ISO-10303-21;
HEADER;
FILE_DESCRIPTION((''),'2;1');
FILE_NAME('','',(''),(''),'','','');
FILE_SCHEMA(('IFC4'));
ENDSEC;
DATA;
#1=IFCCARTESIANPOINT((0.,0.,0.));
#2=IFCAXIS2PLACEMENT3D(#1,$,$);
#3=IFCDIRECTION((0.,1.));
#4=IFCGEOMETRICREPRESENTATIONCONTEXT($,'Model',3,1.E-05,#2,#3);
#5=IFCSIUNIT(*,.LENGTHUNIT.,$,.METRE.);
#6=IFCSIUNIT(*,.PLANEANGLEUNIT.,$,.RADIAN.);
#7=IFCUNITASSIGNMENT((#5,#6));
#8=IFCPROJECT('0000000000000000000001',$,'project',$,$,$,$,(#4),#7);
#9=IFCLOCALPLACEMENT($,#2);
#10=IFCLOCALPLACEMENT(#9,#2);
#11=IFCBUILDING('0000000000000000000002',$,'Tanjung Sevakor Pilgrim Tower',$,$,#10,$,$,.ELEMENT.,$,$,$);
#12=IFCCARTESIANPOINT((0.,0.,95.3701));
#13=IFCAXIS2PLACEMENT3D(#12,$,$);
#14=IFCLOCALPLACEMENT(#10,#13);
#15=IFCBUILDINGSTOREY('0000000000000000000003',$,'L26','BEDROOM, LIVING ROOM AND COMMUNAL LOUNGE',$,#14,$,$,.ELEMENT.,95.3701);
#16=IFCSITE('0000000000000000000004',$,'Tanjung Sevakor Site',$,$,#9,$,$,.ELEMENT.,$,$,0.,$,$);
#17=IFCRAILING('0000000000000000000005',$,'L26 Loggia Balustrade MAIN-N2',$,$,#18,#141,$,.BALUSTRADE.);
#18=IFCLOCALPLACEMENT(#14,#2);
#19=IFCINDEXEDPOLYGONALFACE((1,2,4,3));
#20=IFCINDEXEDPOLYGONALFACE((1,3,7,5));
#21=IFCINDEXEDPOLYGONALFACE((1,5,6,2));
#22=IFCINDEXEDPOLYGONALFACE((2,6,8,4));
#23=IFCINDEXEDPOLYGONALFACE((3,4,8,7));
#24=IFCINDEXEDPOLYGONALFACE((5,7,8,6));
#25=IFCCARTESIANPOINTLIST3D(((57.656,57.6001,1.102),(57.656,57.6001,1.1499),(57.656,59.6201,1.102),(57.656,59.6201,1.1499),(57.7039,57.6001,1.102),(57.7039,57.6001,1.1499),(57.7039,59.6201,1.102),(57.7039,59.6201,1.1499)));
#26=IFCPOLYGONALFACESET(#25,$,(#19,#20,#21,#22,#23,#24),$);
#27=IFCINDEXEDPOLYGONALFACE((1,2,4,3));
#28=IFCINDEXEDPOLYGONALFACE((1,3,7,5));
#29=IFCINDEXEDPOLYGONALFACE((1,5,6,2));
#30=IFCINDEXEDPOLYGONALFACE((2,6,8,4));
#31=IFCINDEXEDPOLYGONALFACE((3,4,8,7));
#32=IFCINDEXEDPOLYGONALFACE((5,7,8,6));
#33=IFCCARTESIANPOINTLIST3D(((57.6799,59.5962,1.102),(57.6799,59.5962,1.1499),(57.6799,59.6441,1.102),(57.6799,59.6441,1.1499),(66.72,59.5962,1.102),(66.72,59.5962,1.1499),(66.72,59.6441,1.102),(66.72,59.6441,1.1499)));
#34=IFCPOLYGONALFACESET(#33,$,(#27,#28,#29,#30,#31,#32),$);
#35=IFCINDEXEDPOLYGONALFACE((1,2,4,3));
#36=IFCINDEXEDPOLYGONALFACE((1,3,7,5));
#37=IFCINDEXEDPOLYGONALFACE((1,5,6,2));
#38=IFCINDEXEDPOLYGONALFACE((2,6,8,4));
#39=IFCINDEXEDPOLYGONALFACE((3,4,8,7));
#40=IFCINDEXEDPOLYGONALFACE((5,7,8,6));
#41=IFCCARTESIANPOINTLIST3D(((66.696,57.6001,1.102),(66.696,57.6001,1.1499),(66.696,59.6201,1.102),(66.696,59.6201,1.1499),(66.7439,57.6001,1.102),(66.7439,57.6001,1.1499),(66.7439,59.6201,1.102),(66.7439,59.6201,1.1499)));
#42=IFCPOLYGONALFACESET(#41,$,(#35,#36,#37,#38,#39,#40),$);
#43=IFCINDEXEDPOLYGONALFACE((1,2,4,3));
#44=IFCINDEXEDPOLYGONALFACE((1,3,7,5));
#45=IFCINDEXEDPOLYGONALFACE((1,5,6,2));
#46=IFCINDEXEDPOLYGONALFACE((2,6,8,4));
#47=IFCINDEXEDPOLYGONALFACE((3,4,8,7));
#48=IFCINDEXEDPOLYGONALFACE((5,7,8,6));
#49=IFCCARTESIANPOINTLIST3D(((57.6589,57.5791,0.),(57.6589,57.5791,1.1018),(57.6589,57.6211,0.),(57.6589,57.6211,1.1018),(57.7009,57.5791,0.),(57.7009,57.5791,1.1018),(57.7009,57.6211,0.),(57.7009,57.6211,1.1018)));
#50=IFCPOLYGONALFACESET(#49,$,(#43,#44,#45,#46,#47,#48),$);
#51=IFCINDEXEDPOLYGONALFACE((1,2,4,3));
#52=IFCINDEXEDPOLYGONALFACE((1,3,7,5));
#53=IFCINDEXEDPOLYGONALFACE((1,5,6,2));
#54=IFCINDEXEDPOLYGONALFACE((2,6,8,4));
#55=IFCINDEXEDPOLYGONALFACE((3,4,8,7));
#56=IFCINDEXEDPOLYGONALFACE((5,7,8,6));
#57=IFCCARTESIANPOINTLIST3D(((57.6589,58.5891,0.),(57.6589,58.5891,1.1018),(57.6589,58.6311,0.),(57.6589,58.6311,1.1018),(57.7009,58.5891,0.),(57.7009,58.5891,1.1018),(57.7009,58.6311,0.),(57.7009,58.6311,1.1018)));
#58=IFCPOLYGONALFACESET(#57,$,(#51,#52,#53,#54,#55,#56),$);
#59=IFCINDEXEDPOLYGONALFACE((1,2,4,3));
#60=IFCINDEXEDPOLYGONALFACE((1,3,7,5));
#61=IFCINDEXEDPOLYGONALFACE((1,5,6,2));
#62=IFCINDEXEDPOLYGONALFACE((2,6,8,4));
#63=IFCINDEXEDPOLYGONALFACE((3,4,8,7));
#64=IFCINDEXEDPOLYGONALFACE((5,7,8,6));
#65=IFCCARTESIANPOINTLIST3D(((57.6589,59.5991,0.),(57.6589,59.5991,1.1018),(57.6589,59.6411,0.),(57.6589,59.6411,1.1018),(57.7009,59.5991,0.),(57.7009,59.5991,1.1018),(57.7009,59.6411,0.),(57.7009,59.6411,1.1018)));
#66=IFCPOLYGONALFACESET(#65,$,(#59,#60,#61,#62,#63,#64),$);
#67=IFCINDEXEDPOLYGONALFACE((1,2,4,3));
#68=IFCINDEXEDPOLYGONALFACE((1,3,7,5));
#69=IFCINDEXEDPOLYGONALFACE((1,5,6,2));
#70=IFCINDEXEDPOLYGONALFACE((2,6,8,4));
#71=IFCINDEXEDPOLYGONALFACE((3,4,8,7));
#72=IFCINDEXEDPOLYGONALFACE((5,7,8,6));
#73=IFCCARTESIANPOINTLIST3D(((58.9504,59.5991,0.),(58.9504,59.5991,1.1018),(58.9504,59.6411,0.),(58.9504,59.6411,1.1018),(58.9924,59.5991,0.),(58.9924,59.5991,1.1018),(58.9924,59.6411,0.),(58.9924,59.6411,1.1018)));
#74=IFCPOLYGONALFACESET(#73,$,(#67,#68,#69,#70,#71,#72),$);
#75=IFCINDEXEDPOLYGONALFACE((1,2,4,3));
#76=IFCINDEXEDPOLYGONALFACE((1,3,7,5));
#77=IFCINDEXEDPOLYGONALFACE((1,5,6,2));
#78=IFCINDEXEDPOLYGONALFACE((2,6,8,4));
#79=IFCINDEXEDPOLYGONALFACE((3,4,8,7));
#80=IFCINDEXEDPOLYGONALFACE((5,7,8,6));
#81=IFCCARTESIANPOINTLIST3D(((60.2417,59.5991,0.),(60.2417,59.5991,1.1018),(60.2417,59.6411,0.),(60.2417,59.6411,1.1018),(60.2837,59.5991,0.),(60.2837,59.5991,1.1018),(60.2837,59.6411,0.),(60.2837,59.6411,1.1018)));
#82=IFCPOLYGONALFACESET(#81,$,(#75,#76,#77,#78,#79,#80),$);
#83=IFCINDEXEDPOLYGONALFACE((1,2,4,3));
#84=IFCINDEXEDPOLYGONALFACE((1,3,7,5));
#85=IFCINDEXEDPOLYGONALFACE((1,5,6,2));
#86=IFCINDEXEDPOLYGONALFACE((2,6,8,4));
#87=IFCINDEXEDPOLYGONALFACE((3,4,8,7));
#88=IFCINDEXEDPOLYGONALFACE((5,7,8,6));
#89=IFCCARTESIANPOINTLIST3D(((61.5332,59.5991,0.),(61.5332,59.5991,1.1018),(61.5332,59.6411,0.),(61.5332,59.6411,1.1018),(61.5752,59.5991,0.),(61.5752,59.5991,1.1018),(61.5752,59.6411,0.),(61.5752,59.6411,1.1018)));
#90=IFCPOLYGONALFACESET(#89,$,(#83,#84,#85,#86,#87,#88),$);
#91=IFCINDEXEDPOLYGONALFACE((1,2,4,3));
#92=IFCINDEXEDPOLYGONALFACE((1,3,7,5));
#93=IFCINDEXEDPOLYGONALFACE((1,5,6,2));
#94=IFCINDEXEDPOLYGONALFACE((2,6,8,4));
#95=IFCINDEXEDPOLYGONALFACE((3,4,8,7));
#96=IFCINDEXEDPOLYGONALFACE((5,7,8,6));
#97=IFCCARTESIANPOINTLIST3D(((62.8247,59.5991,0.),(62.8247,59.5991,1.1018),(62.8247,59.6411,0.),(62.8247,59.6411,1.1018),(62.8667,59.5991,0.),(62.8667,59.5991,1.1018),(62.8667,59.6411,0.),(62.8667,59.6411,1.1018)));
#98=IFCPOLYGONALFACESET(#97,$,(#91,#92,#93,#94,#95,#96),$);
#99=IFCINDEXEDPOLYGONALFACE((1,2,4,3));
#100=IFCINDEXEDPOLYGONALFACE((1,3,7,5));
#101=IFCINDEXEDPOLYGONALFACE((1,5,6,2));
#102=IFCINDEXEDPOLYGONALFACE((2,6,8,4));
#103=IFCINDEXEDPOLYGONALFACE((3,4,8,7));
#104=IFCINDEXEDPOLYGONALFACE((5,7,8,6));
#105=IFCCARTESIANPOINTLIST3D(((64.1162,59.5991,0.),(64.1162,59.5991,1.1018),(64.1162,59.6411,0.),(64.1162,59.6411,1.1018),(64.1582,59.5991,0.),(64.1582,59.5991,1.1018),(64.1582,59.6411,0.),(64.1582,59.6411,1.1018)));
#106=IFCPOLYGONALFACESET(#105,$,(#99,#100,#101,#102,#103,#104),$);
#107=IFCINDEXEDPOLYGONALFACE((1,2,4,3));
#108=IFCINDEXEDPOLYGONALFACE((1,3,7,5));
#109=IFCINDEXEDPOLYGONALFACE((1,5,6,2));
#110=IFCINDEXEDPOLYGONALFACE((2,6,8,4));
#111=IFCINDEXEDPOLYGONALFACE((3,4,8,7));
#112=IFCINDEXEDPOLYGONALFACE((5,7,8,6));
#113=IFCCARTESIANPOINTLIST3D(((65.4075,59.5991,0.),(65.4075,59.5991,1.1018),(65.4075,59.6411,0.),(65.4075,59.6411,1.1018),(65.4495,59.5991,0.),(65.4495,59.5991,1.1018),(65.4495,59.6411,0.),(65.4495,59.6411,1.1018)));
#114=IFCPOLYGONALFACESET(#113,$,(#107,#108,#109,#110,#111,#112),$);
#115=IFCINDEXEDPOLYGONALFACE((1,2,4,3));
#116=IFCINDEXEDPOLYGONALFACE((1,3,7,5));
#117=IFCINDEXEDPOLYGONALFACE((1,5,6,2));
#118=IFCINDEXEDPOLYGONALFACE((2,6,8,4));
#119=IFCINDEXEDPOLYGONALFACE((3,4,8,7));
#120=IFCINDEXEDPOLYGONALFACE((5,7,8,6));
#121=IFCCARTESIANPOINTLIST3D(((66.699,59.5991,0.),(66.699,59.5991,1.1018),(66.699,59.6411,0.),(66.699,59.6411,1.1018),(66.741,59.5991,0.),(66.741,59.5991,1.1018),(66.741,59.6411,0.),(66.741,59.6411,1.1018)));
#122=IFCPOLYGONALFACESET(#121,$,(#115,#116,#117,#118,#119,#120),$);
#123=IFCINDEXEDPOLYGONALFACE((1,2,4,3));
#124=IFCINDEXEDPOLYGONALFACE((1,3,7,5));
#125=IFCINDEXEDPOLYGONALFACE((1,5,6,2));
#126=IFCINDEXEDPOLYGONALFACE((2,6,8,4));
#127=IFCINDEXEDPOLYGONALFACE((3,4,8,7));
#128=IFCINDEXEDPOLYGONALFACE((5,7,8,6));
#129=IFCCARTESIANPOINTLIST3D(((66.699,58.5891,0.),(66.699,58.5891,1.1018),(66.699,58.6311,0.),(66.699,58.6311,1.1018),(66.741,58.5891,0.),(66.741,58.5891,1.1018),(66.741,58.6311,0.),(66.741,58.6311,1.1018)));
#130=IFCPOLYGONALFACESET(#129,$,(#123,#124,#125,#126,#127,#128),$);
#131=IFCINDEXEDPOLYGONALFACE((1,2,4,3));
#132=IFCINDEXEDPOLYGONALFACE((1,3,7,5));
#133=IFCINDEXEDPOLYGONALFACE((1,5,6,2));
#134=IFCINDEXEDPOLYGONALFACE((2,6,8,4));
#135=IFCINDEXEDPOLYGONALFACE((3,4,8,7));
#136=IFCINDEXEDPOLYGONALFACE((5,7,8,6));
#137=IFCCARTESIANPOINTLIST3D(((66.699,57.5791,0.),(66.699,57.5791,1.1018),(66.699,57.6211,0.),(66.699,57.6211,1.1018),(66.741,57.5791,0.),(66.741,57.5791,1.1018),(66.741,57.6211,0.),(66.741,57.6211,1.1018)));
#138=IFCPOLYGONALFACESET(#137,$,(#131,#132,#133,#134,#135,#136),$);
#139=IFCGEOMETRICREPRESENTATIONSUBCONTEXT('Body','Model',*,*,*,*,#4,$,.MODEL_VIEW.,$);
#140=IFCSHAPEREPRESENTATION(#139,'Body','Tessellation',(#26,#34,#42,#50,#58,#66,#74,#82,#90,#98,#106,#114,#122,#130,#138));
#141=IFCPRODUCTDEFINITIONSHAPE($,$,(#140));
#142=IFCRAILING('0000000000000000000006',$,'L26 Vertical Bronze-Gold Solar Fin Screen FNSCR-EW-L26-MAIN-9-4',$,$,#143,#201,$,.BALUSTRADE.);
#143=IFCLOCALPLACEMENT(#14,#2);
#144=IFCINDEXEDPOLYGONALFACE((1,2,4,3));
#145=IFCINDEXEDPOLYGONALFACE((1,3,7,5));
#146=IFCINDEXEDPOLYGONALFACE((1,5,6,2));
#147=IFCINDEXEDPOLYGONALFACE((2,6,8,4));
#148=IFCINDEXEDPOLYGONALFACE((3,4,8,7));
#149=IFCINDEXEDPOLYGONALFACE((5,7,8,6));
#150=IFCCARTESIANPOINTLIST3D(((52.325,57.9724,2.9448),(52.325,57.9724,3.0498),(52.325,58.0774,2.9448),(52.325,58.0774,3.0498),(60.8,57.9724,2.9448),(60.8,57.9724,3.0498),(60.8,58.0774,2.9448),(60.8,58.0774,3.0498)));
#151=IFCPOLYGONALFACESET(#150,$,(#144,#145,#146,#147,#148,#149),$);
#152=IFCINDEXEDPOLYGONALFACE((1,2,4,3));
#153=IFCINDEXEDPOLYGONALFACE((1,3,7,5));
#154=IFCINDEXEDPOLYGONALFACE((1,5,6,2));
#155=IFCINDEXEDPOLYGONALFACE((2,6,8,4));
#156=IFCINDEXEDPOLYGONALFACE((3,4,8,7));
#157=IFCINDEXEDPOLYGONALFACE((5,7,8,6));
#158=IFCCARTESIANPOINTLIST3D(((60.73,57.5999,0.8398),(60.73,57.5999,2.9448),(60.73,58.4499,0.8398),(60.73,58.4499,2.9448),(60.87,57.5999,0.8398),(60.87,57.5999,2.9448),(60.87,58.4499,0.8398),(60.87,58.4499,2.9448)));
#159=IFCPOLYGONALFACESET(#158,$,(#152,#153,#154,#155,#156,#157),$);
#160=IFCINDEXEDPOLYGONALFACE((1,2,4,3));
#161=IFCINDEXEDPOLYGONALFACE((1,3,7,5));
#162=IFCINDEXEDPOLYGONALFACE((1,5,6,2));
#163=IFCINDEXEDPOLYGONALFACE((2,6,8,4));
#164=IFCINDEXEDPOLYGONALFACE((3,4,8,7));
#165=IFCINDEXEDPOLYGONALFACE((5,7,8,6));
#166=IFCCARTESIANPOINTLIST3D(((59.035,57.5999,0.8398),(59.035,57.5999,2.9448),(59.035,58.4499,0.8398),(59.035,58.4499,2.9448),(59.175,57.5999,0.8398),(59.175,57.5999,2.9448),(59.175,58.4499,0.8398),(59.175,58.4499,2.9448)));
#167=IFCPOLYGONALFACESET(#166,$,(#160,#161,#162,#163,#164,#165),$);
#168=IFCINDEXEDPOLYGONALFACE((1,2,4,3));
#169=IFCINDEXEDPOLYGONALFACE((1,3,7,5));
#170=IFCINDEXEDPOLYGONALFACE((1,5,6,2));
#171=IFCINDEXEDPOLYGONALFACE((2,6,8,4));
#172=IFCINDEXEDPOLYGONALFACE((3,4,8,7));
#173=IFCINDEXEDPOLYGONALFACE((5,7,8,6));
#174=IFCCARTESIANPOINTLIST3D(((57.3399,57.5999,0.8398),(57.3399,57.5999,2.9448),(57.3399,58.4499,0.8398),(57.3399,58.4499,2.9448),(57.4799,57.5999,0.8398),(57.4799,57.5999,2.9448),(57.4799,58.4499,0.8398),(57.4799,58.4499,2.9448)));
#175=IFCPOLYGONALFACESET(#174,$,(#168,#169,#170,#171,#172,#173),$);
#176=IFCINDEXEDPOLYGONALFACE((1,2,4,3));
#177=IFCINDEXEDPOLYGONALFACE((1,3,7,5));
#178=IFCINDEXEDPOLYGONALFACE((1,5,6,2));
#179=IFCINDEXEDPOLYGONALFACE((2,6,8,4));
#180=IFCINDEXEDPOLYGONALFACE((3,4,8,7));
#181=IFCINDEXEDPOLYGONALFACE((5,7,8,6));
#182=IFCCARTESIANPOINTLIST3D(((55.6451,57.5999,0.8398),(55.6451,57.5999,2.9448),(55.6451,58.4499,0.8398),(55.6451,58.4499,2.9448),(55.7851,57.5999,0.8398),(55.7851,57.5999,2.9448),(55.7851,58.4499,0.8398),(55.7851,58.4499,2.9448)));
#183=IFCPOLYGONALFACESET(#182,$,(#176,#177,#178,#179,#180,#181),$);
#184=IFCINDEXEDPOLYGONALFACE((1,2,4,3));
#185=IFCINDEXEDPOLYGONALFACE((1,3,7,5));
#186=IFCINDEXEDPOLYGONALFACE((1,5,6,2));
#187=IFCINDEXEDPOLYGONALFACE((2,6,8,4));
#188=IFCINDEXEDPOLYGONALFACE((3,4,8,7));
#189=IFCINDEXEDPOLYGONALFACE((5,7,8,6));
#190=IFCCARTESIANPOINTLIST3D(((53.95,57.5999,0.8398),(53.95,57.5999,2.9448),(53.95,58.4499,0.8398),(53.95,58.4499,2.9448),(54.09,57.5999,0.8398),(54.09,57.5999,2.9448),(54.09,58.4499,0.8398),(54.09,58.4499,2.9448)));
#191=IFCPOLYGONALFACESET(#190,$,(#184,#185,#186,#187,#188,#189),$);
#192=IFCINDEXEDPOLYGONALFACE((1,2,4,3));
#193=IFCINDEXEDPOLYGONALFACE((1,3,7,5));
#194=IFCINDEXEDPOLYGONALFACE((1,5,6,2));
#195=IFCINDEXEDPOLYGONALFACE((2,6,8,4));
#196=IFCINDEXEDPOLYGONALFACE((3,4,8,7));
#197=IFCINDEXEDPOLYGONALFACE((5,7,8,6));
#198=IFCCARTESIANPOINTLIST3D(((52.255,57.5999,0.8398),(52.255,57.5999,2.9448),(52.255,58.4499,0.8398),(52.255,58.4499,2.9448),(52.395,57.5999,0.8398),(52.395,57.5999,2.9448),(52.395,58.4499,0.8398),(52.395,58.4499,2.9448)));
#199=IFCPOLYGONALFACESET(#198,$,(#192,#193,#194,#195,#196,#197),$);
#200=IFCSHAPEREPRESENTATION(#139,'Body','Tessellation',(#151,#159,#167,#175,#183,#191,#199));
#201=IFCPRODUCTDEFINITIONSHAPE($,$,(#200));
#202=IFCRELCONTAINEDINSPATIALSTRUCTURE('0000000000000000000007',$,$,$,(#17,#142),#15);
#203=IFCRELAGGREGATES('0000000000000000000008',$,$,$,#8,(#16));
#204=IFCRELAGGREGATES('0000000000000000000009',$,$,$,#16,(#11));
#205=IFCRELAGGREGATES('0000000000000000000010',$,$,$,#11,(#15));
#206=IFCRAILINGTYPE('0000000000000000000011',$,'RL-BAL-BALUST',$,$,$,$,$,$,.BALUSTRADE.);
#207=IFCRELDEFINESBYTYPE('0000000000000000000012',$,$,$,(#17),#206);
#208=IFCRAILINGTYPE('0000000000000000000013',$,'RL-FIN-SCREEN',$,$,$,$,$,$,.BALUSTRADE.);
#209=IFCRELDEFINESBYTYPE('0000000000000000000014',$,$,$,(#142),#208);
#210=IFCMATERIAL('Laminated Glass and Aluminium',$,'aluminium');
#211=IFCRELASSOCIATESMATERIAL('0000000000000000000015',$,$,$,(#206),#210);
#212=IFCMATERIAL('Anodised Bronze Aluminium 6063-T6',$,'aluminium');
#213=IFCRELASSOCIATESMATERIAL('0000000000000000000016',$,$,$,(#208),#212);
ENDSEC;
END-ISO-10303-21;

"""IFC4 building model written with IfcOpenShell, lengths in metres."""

from ifc_helpers import new_model, si_unit, direction, frame, origin, place, context, subcontext, project, spatial, rectangle, extrude, material, type_object, element, save


model = new_model("IFC4")

# Units and contexts
model_context = context("Model", 3, precision=1e-05, world=origin(), true_north=direction((0.0, 1.0)))
body_context = subcontext(model_context, "Body", "Model", "MODEL_VIEW")
ifc_project = project(units=[si_unit("LENGTHUNIT", "METRE"), si_unit("PLANEANGLEUNIT", "RADIAN")], contexts=[model_context])

# Site, building, storey
site_placement = place(None, origin())
site = spatial("IfcSite", under=ifc_project, at=site_placement, Name="Tanjung Sevakor Site", CompositionType="ELEMENT", RefElevation=0.0)
building_placement = place(site_placement, origin())
building = spatial("IfcBuilding", under=site, at=building_placement, Name="Tanjung Sevakor Pilgrim Tower", CompositionType="ELEMENT")
storey_placement = place(building_placement, frame((0.0, 0.0, 95.3701)))
storey = spatial("IfcBuildingStorey", under=building, at=storey_placement, Name="L26", Description="BEDROOM, LIVING ROOM AND COMMUNAL LOUNGE", CompositionType="ELEMENT", Elevation=95.3701)

# Railings
ifc_material_1 = material(Name="Laminated Glass and Aluminium", Category="aluminium")
railing_type_1 = type_object("IfcRailingType", Name="RL-BAL-BALUST", PredefinedType="BALUSTRADE", material=ifc_material_1)
railing_1_placement = place(storey_placement, frame((57.6799, 57.6001, 0.0)))
element("IfcRailing", 1, at=railing_1_placement, inside=storey, type_object=railing_type_1, Name="L26 Loggia Balustrade MAIN-N2", PredefinedType="BALUSTRADE", context=body_context, shape_type="SweptSolid", body=[
    extrude(rectangle(XDim=0.0479, YDim=0.0479), frame((0.0, 0.0, 1.126), z_axis=(0.0, 1.0, 0.0), x_axis=(-1.0, 0.0, 0.0)), (0.0, 0.0, 1.0), 2.02),
    extrude(rectangle(XDim=0.0479, YDim=0.0479), frame((0.0, 2.02, 1.126), z_axis=(1.0, 0.0, 0.0), x_axis=(0.0, 1.0, 0.0)), (0.0, 0.0, 1.0), 9.04),
    extrude(rectangle(XDim=0.0479, YDim=0.0479), frame((9.04, 2.02, 1.126), z_axis=(0.0, -1.0, 0.0), x_axis=(1.0, 0.0, 0.0)), (0.0, 0.0, 1.0), 2.02),
    extrude(rectangle(XDim=0.042, YDim=0.042), origin(), (0.0, 0.0, 1.0), 1.1018),
    extrude(rectangle(XDim=0.042, YDim=0.042), frame((0.0, 1.01, 0.0)), (0.0, 0.0, 1.0), 1.1018),
    extrude(rectangle(XDim=0.042, YDim=0.042), frame((0.0, 2.02, 0.0)), (0.0, 0.0, 1.0), 1.1018),
    extrude(rectangle(XDim=0.042, YDim=0.042), frame((1.2915, 2.02, 0.0)), (0.0, 0.0, 1.0), 1.1018),
    extrude(rectangle(XDim=0.042, YDim=0.042), frame((2.5828, 2.02, 0.0)), (0.0, 0.0, 1.0), 1.1018),
    extrude(rectangle(XDim=0.042, YDim=0.042), frame((3.8743, 2.02, 0.0)), (0.0, 0.0, 1.0), 1.1018),
    extrude(rectangle(XDim=0.042, YDim=0.042), frame((5.1658, 2.02, 0.0)), (0.0, 0.0, 1.0), 1.1018),
    extrude(rectangle(XDim=0.042, YDim=0.042), frame((6.4573, 2.02, 0.0)), (0.0, 0.0, 1.0), 1.1018),
    extrude(rectangle(XDim=0.042, YDim=0.042), frame((7.7485, 2.02, 0.0)), (0.0, 0.0, 1.0), 1.1018),
    extrude(rectangle(XDim=0.042, YDim=0.042), frame((9.04, 2.02, 0.0)), (0.0, 0.0, 1.0), 1.1018),
    extrude(rectangle(XDim=0.042, YDim=0.042), frame((9.04, 1.01, 0.0)), (0.0, 0.0, 1.0), 1.1018),
    extrude(rectangle(XDim=0.042, YDim=0.042), frame((9.04, 0.0, 0.0)), (0.0, 0.0, 1.0), 1.1018),
])
ifc_material_2 = material(Name="Anodised Bronze Aluminium 6063-T6", Category="aluminium")
railing_type_2 = type_object("IfcRailingType", Name="RL-FIN-SCREEN", PredefinedType="BALUSTRADE", material=ifc_material_2)
railing_2_placement = place(storey_placement, frame((60.8, 58.0249, 0.8398)))
element("IfcRailing", 2, at=railing_2_placement, inside=storey, type_object=railing_type_2, Name="L26 Vertical Bronze-Gold Solar Fin Screen FNSCR-EW-L26-MAIN-9-4", PredefinedType="BALUSTRADE", context=body_context, shape_type="SweptSolid", body=[
    extrude(rectangle(XDim=0.105, YDim=0.105), frame((0.0, 0.0, 2.1575), z_axis=(-1.0, 0.0, 0.0), x_axis=(0.0, -1.0, 0.0)), (0.0, 0.0, 1.0), 8.4751),
    extrude(rectangle(XDim=0.14, YDim=0.85), origin(), (0.0, 0.0, 1.0), 2.105),
    extrude(rectangle(XDim=0.14, YDim=0.85), frame((-1.6951, 0.0, 0.0)), (0.0, 0.0, 1.0), 2.105),
    extrude(rectangle(XDim=0.14, YDim=0.85), frame((-3.3901, 0.0, 0.0)), (0.0, 0.0, 1.0), 2.105),
    extrude(rectangle(XDim=0.14, YDim=0.85), frame((-5.085, 0.0, 0.0)), (0.0, 0.0, 1.0), 2.105),
    extrude(rectangle(XDim=0.14, YDim=0.85), frame((-6.78, 0.0, 0.0)), (0.0, 0.0, 1.0), 2.105),
    extrude(rectangle(XDim=0.14, YDim=0.85), frame((-8.4751, 0.0, 0.0)), (0.0, 0.0, 1.0), 2.105),
])

save(model, "model.ifc")
